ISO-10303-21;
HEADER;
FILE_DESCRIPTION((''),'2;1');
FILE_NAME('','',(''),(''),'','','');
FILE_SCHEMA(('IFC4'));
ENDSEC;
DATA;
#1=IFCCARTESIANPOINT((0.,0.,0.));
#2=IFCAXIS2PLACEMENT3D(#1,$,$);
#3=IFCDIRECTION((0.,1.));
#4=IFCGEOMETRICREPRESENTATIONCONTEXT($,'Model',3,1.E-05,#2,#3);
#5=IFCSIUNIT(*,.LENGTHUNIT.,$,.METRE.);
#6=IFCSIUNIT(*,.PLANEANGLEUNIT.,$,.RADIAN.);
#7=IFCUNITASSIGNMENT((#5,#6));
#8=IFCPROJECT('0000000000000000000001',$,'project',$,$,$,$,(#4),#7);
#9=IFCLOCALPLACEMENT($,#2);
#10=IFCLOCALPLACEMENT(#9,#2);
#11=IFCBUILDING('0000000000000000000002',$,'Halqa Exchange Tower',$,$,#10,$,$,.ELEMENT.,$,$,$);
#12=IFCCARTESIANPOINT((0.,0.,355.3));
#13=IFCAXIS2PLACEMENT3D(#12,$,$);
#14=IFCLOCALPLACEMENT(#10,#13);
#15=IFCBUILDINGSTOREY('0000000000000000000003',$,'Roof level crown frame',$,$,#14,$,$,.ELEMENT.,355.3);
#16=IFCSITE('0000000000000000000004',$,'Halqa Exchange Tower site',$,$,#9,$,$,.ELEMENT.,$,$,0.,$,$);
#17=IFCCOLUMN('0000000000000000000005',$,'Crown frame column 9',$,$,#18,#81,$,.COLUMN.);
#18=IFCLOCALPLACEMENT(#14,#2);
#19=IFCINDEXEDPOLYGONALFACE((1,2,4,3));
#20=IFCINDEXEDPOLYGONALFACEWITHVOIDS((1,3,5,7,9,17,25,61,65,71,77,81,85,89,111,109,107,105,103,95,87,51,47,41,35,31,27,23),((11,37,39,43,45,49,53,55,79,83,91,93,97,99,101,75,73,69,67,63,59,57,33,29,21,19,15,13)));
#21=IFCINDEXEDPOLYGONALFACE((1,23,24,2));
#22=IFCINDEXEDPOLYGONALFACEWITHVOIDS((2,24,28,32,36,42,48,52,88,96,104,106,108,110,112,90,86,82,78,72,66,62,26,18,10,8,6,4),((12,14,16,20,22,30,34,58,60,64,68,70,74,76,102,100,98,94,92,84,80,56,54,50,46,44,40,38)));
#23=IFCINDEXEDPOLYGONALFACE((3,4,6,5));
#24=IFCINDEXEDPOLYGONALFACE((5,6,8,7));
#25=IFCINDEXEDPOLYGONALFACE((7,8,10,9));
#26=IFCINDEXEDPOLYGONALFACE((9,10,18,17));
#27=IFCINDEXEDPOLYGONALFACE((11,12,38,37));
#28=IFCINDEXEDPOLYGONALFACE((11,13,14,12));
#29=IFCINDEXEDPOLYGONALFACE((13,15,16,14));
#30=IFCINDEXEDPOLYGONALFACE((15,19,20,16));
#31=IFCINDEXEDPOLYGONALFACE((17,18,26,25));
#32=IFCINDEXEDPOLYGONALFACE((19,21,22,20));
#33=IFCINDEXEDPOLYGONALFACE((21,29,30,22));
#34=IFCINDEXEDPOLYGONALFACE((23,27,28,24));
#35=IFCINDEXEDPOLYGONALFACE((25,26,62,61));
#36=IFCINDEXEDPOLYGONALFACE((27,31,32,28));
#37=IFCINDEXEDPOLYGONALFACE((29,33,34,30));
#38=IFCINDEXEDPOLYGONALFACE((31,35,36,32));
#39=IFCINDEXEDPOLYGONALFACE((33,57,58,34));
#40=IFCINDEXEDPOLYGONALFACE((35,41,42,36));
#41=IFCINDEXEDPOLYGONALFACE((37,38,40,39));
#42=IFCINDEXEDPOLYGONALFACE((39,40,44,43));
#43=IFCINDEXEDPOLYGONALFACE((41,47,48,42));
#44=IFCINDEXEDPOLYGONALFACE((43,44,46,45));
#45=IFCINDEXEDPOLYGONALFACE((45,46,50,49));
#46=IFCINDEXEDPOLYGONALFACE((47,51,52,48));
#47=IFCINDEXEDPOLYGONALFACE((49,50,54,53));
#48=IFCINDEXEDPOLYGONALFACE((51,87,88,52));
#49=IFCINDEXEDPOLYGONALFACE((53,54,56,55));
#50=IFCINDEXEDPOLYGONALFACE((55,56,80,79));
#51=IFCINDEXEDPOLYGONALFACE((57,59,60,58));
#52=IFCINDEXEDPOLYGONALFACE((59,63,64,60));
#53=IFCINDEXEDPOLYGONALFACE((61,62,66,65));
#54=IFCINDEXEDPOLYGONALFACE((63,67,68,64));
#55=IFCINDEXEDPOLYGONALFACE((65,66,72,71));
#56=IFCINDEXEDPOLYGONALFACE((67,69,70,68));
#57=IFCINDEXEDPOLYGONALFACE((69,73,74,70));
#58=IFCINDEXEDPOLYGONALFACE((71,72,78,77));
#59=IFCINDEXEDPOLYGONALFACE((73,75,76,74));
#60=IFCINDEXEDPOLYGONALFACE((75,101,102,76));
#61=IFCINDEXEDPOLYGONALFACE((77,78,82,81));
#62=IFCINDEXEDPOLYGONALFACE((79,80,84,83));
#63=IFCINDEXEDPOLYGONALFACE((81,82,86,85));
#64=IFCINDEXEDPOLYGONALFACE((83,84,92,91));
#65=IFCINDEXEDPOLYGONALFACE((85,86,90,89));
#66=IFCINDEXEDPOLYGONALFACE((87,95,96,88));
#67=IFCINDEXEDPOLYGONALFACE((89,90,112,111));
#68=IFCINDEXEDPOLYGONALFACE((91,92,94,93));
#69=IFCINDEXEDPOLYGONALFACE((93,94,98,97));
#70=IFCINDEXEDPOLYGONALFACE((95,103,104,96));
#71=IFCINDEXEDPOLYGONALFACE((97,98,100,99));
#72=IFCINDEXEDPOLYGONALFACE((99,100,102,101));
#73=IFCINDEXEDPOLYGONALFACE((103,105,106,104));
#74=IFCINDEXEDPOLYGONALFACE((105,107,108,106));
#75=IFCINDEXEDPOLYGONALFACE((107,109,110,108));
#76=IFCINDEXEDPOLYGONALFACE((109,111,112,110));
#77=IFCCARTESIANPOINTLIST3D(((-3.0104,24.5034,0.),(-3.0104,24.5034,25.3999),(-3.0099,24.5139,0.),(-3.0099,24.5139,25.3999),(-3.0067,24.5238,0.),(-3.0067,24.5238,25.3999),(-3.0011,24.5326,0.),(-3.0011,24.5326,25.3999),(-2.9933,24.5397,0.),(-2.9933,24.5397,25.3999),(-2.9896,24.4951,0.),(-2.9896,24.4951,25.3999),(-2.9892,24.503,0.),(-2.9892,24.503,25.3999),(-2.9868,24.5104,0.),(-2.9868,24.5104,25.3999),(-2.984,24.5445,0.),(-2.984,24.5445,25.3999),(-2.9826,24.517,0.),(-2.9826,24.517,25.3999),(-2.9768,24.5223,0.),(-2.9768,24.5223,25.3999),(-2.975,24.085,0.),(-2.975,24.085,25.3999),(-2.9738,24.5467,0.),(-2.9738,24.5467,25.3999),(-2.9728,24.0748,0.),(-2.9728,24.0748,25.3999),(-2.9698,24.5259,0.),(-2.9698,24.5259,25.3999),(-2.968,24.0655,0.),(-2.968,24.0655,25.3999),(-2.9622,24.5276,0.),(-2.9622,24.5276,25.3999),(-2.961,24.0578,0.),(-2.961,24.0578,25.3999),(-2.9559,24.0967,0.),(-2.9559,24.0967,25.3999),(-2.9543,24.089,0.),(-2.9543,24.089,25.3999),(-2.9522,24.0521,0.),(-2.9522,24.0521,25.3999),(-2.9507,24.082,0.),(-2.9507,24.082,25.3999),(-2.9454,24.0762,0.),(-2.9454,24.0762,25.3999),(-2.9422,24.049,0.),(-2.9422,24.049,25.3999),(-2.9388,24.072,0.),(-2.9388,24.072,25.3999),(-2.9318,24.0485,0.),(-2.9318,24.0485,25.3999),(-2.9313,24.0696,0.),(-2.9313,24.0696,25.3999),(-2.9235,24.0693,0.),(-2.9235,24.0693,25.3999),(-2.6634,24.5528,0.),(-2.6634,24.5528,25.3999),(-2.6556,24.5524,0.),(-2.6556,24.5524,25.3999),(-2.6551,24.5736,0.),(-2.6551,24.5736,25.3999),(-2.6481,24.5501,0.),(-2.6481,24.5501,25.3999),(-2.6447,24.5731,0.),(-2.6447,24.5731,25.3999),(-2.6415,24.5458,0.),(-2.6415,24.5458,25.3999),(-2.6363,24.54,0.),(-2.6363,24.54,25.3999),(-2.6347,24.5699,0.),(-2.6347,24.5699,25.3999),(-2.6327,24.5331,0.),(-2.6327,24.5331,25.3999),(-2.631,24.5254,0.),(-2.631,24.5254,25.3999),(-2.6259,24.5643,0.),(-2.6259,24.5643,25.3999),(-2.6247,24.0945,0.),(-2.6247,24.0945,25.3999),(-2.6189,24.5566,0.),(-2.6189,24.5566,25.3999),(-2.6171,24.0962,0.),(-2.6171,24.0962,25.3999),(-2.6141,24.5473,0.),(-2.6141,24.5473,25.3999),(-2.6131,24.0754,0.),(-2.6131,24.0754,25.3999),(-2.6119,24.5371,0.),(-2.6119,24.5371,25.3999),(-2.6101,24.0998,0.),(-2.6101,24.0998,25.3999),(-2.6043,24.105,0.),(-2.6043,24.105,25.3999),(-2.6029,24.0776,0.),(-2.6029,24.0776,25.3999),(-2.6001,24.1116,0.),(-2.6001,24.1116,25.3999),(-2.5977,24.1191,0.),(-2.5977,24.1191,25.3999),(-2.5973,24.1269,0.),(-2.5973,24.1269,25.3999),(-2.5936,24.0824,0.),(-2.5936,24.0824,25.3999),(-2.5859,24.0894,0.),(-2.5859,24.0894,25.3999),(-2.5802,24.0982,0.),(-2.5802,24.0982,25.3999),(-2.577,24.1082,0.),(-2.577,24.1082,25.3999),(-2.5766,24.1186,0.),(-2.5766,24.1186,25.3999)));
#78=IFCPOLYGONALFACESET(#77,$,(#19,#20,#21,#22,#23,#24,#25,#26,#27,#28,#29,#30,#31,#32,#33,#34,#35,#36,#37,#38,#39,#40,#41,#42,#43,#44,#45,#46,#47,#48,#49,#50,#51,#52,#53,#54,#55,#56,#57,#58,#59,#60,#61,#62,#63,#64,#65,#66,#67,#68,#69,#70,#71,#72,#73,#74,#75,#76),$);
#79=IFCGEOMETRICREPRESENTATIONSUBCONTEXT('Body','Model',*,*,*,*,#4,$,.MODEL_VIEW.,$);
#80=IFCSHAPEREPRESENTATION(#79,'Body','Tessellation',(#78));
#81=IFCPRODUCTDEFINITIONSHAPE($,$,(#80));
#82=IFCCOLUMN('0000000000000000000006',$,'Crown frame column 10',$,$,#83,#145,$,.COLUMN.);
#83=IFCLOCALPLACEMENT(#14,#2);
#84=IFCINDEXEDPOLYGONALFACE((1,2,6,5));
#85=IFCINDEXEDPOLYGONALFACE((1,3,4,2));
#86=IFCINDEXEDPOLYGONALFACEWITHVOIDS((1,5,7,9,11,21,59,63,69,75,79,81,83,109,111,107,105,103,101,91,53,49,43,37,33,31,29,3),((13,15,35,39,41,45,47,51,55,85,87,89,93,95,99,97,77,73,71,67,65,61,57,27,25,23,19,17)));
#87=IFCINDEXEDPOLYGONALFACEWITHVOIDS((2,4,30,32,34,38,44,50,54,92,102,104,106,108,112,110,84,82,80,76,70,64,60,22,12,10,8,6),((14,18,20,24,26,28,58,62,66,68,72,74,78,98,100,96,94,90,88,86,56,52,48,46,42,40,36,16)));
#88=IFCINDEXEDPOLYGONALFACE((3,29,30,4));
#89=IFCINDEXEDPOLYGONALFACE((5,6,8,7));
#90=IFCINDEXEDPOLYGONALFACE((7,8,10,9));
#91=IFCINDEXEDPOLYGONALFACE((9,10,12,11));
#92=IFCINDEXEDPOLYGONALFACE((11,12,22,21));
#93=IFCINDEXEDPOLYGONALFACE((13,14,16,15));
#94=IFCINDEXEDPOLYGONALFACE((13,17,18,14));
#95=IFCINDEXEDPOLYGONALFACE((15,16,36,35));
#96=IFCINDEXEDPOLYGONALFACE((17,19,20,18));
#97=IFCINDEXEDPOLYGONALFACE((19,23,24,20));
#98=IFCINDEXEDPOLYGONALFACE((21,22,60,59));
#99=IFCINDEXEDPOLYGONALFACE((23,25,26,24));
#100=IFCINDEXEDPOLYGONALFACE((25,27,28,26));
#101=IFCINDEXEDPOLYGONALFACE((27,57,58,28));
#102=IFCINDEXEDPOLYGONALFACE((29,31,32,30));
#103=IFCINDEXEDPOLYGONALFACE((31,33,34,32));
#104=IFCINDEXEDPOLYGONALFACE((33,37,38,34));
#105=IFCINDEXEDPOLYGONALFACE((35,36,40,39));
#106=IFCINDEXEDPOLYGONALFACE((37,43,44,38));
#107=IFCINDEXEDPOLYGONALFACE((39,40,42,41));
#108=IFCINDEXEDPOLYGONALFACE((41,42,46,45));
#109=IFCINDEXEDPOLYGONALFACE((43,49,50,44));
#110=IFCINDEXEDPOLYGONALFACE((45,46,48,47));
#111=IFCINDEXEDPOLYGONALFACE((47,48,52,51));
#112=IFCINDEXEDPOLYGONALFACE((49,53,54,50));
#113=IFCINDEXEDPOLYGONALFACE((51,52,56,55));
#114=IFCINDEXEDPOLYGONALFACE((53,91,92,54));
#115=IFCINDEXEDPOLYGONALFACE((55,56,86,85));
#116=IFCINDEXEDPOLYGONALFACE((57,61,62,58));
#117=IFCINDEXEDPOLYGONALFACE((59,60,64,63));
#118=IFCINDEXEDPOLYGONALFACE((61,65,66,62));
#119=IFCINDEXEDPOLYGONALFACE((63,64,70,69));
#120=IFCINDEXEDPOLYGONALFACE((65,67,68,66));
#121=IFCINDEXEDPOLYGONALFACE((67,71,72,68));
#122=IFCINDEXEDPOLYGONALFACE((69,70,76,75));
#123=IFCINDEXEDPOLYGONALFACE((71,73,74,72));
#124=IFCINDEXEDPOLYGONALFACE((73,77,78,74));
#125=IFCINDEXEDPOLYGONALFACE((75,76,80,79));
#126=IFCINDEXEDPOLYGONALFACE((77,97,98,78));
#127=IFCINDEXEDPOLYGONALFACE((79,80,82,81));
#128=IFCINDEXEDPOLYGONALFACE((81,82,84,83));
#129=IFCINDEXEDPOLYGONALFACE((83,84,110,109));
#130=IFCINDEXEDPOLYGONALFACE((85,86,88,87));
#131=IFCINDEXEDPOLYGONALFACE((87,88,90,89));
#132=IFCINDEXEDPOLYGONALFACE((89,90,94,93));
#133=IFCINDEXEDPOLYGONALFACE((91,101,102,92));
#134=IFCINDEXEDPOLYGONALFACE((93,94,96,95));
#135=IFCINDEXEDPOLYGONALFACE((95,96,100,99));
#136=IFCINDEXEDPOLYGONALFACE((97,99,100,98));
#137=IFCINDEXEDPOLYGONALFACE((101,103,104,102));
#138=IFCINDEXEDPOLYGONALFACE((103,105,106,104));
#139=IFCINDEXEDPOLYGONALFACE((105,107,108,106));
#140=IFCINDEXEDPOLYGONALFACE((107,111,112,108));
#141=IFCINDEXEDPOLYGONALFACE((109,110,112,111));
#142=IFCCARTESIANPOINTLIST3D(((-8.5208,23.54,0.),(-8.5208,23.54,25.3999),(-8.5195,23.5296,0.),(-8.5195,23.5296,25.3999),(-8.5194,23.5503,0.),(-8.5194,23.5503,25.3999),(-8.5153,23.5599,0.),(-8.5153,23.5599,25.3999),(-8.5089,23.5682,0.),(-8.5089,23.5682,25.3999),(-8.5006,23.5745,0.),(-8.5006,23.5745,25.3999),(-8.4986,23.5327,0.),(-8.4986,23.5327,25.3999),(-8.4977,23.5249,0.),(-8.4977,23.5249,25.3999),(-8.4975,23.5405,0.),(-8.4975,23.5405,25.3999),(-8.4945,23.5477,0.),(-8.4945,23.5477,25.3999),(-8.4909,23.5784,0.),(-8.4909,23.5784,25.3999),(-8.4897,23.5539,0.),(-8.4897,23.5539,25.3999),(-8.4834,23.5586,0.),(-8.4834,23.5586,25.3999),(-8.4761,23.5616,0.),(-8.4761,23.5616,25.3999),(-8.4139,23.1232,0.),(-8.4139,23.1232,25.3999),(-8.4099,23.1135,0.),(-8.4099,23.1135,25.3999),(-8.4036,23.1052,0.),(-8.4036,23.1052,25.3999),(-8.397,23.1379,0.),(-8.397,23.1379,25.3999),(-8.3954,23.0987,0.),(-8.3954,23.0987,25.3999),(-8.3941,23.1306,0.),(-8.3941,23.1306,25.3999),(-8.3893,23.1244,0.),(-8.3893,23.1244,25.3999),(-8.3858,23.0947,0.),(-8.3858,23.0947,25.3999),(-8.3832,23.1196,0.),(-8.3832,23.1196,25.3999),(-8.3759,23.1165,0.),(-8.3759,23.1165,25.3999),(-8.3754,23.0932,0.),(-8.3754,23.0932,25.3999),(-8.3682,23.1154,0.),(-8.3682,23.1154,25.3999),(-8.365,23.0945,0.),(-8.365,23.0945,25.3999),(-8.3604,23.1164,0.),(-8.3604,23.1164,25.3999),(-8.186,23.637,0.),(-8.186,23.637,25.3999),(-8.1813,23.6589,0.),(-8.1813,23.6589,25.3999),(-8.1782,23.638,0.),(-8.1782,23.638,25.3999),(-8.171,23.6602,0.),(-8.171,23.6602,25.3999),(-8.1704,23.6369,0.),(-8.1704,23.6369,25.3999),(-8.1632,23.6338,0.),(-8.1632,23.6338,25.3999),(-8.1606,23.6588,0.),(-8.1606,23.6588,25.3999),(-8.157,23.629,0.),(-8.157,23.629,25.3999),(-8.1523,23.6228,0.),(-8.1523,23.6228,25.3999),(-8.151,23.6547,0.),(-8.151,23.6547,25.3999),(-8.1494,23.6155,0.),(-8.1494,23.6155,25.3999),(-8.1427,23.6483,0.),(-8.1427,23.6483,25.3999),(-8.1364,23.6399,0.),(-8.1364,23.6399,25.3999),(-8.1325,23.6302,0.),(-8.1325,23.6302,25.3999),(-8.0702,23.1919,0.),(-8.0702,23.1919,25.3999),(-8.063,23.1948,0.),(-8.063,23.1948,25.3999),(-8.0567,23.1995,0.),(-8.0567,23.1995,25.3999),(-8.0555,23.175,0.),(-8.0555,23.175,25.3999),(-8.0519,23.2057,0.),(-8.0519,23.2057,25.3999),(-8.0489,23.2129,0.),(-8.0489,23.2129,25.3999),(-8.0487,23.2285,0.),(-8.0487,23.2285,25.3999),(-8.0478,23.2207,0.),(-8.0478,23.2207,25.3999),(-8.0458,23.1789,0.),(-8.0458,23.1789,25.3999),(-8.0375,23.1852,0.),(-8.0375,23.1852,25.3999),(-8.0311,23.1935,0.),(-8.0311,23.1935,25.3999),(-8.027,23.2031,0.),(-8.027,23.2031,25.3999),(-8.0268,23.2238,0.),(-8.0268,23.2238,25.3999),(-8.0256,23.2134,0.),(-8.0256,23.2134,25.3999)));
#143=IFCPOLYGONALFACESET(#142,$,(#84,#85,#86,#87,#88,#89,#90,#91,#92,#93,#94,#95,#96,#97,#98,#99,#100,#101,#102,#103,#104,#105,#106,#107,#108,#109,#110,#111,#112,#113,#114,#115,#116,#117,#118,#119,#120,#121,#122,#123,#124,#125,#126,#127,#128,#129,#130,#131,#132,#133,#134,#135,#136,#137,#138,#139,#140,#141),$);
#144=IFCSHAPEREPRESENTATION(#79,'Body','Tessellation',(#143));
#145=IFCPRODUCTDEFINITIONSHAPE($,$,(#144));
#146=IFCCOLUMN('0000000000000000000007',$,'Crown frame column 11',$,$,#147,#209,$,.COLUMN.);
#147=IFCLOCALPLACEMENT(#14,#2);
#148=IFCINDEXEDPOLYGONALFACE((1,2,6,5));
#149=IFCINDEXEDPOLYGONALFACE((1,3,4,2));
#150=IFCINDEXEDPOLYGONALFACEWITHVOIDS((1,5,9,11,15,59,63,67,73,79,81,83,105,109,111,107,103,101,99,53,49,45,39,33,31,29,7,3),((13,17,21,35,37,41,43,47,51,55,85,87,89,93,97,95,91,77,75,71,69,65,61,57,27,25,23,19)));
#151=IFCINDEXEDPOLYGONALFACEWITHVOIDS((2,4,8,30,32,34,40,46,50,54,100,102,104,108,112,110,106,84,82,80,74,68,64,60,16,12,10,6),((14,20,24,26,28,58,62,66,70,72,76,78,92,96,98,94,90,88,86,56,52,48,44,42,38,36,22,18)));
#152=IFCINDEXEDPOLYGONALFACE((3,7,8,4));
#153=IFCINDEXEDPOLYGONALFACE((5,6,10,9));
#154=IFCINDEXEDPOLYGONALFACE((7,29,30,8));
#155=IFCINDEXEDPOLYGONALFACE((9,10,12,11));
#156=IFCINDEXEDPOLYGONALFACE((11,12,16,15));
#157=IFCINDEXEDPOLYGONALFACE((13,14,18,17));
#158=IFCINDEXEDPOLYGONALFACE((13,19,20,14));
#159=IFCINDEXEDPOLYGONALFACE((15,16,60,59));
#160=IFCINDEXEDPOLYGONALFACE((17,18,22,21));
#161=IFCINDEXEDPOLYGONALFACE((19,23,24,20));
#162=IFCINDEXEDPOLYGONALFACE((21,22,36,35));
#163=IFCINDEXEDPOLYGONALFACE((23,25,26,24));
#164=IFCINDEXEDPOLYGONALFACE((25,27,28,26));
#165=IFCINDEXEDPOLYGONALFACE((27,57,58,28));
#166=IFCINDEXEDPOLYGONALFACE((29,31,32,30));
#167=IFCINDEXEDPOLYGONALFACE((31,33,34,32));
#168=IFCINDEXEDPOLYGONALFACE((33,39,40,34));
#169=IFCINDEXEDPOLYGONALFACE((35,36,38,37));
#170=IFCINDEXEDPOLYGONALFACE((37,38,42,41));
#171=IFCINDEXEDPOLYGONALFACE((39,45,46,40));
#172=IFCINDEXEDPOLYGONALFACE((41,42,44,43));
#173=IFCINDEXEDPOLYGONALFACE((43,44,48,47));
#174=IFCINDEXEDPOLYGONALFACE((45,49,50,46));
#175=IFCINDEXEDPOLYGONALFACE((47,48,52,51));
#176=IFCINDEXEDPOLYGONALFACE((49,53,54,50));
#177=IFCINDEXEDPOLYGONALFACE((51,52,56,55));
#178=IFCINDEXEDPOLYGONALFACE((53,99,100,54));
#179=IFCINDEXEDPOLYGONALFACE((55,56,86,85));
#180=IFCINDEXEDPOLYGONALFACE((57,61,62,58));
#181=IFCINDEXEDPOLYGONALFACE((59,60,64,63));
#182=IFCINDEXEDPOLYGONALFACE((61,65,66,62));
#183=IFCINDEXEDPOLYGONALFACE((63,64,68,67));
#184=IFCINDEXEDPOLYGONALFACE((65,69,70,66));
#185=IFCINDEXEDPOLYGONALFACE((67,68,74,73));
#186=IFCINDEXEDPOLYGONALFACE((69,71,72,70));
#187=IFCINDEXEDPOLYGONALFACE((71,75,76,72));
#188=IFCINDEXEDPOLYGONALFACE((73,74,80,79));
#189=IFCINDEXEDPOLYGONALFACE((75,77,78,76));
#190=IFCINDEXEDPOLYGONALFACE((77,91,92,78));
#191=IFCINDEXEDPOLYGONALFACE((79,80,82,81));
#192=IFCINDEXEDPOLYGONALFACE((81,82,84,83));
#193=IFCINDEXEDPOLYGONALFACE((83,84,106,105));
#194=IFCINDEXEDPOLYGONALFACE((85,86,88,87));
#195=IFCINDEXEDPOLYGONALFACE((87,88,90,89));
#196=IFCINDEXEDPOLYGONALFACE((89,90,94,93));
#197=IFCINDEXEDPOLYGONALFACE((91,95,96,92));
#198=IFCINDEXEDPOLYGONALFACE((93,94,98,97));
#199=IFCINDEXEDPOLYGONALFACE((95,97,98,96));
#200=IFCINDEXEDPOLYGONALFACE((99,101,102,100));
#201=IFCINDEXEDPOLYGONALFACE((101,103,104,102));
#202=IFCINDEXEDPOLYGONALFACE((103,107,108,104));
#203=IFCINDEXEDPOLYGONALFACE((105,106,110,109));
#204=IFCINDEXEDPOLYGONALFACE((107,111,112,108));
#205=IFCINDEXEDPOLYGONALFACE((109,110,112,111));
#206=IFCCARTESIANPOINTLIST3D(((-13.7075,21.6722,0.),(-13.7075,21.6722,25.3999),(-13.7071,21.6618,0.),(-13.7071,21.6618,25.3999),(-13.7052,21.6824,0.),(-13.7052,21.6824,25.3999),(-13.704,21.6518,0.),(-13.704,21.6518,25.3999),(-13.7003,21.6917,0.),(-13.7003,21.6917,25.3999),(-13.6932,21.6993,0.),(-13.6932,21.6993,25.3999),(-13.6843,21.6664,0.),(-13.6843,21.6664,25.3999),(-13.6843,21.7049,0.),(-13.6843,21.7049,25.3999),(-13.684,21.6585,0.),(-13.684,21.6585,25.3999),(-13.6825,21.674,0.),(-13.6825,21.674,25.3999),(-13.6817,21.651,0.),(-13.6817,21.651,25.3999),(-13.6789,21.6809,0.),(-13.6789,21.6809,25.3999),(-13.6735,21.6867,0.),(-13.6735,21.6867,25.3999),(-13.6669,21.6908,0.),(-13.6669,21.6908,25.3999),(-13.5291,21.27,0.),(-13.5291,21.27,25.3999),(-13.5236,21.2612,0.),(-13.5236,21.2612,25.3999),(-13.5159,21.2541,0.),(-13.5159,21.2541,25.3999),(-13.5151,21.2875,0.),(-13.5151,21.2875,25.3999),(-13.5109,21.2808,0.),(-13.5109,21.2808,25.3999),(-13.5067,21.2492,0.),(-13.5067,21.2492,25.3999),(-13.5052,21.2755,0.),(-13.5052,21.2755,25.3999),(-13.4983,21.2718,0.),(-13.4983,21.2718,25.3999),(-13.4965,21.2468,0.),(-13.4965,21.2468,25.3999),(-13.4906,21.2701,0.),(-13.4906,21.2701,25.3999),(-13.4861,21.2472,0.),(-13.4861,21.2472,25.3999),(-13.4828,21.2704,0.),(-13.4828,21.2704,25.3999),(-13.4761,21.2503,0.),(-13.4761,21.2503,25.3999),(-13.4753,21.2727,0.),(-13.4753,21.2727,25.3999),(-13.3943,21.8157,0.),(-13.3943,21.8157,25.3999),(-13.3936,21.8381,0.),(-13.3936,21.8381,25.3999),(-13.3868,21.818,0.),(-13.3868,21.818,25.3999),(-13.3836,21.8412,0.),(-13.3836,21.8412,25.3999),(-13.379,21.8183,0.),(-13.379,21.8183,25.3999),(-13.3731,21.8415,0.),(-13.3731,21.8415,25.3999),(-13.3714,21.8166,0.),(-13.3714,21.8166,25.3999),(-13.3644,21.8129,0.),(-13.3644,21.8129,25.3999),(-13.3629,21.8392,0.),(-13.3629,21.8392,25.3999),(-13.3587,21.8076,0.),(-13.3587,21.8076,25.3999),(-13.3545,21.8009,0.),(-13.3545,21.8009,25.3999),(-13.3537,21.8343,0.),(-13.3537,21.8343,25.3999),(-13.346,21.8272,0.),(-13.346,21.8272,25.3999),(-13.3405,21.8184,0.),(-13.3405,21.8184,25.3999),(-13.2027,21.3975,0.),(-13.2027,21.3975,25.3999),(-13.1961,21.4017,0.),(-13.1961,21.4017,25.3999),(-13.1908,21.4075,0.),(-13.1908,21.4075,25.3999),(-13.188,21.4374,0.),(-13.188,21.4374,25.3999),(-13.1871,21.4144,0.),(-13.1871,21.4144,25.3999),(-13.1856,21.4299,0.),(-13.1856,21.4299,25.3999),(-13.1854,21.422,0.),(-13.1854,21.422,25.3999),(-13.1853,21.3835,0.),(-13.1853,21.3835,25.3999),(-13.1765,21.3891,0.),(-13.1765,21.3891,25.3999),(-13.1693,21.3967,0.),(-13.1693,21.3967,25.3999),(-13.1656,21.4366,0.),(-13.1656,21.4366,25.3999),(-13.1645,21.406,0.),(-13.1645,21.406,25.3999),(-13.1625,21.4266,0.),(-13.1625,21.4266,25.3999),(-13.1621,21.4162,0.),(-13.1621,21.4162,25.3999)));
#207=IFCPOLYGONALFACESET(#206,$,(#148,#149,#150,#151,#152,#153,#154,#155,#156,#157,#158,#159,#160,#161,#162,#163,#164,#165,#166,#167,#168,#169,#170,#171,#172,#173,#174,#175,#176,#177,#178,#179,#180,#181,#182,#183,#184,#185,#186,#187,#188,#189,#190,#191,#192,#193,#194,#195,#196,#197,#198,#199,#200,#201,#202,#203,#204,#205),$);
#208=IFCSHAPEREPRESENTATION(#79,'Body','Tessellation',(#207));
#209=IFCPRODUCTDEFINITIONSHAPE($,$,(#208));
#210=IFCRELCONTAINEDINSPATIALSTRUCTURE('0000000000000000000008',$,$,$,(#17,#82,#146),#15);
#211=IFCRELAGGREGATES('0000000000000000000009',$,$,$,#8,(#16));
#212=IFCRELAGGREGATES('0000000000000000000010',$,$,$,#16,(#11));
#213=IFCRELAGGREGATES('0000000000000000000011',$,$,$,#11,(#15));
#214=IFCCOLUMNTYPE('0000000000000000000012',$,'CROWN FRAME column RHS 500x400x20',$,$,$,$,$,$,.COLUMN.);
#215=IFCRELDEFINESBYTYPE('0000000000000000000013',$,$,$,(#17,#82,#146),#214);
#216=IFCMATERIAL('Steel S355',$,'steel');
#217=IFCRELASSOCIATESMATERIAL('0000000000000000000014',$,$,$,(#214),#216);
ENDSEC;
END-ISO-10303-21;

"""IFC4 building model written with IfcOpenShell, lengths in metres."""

from ifc_helpers import new_model, si_unit, direction, frame, origin, origin_2d, place, context, subcontext, project, spatial, hollow_rectangle, extrude, material, material_profile, profile_set, type_object, element, save


model = new_model("IFC4")

# Units and contexts
model_context = context("Model", 3, precision=1e-05, world=origin(), true_north=direction((0.0, 1.0)))
body_context = subcontext(model_context, "Body", "Model", "MODEL_VIEW")
ifc_project = project(units=[si_unit("LENGTHUNIT", "METRE"), si_unit("PLANEANGLEUNIT", "RADIAN")], contexts=[model_context])

# Site, building, storey
site_placement = place(None, origin())
site = spatial("IfcSite", under=ifc_project, at=site_placement, Name="Halqa Exchange Tower site", CompositionType="ELEMENT", RefElevation=0.0)
building_placement = place(site_placement, origin())
building = spatial("IfcBuilding", under=site, at=building_placement, Name="Halqa Exchange Tower", CompositionType="ELEMENT")
storey_placement = place(building_placement, frame((0.0, 0.0, 355.3)))
storey = spatial("IfcBuildingStorey", under=building, at=storey_placement, Name="Roof level crown frame", CompositionType="ELEMENT", Elevation=355.3)

# Columns
ifc_material_1 = material(Name="Steel S355", Category="steel")
ifc_material_profile_1 = material_profile(ifc_material_1, hollow_rectangle(XDim=0.3999, YDim=0.5, WallThickness=0.02, InnerFilletRadius=0.03, OuterFilletRadius=0.04, at=origin_2d()), Name="RHS 500x400x20")
ifc_profile_set_1 = profile_set([ifc_material_profile_1], Name="Steel S355")
column_type = type_object("IfcColumnType", Name="CROWN FRAME column RHS 500x400x20", PredefinedType="COLUMN", material=ifc_profile_set_1)
for number, where, z_axis, x_axis, name in (
    (1, (-2.7935, 24.311, 0.0), (0.0, 0.0, 1.0), (-0.996455, -0.084127, 0.0), "Crown frame column 9"),
    (2, (-8.2732, 23.3767, 0.0), (0.0, 0.0, 1.0), (-0.967819, -0.251647, 0.0), "Crown frame column 10"),
    (3, (-13.4348, 21.5442, 0.0), (0.0, 0.0, 1.0), (-0.909129, -0.416516, 0.0), "Crown frame column 11"),
):
    element("IfcColumn", number, at=place(storey_placement, frame(where, z_axis=z_axis, x_axis=x_axis)), inside=storey, type_object=column_type, Name=name, PredefinedType="COLUMN", context=body_context, shape_type="SweptSolid", body=[
        extrude(hollow_rectangle(XDim=0.3999, YDim=0.5, WallThickness=0.02, InnerFilletRadius=0.03, OuterFilletRadius=0.04, at=origin_2d()), origin(), (0.0, 0.0, 1.0), 25.3999),
    ])

save(model, "model.ifc")
